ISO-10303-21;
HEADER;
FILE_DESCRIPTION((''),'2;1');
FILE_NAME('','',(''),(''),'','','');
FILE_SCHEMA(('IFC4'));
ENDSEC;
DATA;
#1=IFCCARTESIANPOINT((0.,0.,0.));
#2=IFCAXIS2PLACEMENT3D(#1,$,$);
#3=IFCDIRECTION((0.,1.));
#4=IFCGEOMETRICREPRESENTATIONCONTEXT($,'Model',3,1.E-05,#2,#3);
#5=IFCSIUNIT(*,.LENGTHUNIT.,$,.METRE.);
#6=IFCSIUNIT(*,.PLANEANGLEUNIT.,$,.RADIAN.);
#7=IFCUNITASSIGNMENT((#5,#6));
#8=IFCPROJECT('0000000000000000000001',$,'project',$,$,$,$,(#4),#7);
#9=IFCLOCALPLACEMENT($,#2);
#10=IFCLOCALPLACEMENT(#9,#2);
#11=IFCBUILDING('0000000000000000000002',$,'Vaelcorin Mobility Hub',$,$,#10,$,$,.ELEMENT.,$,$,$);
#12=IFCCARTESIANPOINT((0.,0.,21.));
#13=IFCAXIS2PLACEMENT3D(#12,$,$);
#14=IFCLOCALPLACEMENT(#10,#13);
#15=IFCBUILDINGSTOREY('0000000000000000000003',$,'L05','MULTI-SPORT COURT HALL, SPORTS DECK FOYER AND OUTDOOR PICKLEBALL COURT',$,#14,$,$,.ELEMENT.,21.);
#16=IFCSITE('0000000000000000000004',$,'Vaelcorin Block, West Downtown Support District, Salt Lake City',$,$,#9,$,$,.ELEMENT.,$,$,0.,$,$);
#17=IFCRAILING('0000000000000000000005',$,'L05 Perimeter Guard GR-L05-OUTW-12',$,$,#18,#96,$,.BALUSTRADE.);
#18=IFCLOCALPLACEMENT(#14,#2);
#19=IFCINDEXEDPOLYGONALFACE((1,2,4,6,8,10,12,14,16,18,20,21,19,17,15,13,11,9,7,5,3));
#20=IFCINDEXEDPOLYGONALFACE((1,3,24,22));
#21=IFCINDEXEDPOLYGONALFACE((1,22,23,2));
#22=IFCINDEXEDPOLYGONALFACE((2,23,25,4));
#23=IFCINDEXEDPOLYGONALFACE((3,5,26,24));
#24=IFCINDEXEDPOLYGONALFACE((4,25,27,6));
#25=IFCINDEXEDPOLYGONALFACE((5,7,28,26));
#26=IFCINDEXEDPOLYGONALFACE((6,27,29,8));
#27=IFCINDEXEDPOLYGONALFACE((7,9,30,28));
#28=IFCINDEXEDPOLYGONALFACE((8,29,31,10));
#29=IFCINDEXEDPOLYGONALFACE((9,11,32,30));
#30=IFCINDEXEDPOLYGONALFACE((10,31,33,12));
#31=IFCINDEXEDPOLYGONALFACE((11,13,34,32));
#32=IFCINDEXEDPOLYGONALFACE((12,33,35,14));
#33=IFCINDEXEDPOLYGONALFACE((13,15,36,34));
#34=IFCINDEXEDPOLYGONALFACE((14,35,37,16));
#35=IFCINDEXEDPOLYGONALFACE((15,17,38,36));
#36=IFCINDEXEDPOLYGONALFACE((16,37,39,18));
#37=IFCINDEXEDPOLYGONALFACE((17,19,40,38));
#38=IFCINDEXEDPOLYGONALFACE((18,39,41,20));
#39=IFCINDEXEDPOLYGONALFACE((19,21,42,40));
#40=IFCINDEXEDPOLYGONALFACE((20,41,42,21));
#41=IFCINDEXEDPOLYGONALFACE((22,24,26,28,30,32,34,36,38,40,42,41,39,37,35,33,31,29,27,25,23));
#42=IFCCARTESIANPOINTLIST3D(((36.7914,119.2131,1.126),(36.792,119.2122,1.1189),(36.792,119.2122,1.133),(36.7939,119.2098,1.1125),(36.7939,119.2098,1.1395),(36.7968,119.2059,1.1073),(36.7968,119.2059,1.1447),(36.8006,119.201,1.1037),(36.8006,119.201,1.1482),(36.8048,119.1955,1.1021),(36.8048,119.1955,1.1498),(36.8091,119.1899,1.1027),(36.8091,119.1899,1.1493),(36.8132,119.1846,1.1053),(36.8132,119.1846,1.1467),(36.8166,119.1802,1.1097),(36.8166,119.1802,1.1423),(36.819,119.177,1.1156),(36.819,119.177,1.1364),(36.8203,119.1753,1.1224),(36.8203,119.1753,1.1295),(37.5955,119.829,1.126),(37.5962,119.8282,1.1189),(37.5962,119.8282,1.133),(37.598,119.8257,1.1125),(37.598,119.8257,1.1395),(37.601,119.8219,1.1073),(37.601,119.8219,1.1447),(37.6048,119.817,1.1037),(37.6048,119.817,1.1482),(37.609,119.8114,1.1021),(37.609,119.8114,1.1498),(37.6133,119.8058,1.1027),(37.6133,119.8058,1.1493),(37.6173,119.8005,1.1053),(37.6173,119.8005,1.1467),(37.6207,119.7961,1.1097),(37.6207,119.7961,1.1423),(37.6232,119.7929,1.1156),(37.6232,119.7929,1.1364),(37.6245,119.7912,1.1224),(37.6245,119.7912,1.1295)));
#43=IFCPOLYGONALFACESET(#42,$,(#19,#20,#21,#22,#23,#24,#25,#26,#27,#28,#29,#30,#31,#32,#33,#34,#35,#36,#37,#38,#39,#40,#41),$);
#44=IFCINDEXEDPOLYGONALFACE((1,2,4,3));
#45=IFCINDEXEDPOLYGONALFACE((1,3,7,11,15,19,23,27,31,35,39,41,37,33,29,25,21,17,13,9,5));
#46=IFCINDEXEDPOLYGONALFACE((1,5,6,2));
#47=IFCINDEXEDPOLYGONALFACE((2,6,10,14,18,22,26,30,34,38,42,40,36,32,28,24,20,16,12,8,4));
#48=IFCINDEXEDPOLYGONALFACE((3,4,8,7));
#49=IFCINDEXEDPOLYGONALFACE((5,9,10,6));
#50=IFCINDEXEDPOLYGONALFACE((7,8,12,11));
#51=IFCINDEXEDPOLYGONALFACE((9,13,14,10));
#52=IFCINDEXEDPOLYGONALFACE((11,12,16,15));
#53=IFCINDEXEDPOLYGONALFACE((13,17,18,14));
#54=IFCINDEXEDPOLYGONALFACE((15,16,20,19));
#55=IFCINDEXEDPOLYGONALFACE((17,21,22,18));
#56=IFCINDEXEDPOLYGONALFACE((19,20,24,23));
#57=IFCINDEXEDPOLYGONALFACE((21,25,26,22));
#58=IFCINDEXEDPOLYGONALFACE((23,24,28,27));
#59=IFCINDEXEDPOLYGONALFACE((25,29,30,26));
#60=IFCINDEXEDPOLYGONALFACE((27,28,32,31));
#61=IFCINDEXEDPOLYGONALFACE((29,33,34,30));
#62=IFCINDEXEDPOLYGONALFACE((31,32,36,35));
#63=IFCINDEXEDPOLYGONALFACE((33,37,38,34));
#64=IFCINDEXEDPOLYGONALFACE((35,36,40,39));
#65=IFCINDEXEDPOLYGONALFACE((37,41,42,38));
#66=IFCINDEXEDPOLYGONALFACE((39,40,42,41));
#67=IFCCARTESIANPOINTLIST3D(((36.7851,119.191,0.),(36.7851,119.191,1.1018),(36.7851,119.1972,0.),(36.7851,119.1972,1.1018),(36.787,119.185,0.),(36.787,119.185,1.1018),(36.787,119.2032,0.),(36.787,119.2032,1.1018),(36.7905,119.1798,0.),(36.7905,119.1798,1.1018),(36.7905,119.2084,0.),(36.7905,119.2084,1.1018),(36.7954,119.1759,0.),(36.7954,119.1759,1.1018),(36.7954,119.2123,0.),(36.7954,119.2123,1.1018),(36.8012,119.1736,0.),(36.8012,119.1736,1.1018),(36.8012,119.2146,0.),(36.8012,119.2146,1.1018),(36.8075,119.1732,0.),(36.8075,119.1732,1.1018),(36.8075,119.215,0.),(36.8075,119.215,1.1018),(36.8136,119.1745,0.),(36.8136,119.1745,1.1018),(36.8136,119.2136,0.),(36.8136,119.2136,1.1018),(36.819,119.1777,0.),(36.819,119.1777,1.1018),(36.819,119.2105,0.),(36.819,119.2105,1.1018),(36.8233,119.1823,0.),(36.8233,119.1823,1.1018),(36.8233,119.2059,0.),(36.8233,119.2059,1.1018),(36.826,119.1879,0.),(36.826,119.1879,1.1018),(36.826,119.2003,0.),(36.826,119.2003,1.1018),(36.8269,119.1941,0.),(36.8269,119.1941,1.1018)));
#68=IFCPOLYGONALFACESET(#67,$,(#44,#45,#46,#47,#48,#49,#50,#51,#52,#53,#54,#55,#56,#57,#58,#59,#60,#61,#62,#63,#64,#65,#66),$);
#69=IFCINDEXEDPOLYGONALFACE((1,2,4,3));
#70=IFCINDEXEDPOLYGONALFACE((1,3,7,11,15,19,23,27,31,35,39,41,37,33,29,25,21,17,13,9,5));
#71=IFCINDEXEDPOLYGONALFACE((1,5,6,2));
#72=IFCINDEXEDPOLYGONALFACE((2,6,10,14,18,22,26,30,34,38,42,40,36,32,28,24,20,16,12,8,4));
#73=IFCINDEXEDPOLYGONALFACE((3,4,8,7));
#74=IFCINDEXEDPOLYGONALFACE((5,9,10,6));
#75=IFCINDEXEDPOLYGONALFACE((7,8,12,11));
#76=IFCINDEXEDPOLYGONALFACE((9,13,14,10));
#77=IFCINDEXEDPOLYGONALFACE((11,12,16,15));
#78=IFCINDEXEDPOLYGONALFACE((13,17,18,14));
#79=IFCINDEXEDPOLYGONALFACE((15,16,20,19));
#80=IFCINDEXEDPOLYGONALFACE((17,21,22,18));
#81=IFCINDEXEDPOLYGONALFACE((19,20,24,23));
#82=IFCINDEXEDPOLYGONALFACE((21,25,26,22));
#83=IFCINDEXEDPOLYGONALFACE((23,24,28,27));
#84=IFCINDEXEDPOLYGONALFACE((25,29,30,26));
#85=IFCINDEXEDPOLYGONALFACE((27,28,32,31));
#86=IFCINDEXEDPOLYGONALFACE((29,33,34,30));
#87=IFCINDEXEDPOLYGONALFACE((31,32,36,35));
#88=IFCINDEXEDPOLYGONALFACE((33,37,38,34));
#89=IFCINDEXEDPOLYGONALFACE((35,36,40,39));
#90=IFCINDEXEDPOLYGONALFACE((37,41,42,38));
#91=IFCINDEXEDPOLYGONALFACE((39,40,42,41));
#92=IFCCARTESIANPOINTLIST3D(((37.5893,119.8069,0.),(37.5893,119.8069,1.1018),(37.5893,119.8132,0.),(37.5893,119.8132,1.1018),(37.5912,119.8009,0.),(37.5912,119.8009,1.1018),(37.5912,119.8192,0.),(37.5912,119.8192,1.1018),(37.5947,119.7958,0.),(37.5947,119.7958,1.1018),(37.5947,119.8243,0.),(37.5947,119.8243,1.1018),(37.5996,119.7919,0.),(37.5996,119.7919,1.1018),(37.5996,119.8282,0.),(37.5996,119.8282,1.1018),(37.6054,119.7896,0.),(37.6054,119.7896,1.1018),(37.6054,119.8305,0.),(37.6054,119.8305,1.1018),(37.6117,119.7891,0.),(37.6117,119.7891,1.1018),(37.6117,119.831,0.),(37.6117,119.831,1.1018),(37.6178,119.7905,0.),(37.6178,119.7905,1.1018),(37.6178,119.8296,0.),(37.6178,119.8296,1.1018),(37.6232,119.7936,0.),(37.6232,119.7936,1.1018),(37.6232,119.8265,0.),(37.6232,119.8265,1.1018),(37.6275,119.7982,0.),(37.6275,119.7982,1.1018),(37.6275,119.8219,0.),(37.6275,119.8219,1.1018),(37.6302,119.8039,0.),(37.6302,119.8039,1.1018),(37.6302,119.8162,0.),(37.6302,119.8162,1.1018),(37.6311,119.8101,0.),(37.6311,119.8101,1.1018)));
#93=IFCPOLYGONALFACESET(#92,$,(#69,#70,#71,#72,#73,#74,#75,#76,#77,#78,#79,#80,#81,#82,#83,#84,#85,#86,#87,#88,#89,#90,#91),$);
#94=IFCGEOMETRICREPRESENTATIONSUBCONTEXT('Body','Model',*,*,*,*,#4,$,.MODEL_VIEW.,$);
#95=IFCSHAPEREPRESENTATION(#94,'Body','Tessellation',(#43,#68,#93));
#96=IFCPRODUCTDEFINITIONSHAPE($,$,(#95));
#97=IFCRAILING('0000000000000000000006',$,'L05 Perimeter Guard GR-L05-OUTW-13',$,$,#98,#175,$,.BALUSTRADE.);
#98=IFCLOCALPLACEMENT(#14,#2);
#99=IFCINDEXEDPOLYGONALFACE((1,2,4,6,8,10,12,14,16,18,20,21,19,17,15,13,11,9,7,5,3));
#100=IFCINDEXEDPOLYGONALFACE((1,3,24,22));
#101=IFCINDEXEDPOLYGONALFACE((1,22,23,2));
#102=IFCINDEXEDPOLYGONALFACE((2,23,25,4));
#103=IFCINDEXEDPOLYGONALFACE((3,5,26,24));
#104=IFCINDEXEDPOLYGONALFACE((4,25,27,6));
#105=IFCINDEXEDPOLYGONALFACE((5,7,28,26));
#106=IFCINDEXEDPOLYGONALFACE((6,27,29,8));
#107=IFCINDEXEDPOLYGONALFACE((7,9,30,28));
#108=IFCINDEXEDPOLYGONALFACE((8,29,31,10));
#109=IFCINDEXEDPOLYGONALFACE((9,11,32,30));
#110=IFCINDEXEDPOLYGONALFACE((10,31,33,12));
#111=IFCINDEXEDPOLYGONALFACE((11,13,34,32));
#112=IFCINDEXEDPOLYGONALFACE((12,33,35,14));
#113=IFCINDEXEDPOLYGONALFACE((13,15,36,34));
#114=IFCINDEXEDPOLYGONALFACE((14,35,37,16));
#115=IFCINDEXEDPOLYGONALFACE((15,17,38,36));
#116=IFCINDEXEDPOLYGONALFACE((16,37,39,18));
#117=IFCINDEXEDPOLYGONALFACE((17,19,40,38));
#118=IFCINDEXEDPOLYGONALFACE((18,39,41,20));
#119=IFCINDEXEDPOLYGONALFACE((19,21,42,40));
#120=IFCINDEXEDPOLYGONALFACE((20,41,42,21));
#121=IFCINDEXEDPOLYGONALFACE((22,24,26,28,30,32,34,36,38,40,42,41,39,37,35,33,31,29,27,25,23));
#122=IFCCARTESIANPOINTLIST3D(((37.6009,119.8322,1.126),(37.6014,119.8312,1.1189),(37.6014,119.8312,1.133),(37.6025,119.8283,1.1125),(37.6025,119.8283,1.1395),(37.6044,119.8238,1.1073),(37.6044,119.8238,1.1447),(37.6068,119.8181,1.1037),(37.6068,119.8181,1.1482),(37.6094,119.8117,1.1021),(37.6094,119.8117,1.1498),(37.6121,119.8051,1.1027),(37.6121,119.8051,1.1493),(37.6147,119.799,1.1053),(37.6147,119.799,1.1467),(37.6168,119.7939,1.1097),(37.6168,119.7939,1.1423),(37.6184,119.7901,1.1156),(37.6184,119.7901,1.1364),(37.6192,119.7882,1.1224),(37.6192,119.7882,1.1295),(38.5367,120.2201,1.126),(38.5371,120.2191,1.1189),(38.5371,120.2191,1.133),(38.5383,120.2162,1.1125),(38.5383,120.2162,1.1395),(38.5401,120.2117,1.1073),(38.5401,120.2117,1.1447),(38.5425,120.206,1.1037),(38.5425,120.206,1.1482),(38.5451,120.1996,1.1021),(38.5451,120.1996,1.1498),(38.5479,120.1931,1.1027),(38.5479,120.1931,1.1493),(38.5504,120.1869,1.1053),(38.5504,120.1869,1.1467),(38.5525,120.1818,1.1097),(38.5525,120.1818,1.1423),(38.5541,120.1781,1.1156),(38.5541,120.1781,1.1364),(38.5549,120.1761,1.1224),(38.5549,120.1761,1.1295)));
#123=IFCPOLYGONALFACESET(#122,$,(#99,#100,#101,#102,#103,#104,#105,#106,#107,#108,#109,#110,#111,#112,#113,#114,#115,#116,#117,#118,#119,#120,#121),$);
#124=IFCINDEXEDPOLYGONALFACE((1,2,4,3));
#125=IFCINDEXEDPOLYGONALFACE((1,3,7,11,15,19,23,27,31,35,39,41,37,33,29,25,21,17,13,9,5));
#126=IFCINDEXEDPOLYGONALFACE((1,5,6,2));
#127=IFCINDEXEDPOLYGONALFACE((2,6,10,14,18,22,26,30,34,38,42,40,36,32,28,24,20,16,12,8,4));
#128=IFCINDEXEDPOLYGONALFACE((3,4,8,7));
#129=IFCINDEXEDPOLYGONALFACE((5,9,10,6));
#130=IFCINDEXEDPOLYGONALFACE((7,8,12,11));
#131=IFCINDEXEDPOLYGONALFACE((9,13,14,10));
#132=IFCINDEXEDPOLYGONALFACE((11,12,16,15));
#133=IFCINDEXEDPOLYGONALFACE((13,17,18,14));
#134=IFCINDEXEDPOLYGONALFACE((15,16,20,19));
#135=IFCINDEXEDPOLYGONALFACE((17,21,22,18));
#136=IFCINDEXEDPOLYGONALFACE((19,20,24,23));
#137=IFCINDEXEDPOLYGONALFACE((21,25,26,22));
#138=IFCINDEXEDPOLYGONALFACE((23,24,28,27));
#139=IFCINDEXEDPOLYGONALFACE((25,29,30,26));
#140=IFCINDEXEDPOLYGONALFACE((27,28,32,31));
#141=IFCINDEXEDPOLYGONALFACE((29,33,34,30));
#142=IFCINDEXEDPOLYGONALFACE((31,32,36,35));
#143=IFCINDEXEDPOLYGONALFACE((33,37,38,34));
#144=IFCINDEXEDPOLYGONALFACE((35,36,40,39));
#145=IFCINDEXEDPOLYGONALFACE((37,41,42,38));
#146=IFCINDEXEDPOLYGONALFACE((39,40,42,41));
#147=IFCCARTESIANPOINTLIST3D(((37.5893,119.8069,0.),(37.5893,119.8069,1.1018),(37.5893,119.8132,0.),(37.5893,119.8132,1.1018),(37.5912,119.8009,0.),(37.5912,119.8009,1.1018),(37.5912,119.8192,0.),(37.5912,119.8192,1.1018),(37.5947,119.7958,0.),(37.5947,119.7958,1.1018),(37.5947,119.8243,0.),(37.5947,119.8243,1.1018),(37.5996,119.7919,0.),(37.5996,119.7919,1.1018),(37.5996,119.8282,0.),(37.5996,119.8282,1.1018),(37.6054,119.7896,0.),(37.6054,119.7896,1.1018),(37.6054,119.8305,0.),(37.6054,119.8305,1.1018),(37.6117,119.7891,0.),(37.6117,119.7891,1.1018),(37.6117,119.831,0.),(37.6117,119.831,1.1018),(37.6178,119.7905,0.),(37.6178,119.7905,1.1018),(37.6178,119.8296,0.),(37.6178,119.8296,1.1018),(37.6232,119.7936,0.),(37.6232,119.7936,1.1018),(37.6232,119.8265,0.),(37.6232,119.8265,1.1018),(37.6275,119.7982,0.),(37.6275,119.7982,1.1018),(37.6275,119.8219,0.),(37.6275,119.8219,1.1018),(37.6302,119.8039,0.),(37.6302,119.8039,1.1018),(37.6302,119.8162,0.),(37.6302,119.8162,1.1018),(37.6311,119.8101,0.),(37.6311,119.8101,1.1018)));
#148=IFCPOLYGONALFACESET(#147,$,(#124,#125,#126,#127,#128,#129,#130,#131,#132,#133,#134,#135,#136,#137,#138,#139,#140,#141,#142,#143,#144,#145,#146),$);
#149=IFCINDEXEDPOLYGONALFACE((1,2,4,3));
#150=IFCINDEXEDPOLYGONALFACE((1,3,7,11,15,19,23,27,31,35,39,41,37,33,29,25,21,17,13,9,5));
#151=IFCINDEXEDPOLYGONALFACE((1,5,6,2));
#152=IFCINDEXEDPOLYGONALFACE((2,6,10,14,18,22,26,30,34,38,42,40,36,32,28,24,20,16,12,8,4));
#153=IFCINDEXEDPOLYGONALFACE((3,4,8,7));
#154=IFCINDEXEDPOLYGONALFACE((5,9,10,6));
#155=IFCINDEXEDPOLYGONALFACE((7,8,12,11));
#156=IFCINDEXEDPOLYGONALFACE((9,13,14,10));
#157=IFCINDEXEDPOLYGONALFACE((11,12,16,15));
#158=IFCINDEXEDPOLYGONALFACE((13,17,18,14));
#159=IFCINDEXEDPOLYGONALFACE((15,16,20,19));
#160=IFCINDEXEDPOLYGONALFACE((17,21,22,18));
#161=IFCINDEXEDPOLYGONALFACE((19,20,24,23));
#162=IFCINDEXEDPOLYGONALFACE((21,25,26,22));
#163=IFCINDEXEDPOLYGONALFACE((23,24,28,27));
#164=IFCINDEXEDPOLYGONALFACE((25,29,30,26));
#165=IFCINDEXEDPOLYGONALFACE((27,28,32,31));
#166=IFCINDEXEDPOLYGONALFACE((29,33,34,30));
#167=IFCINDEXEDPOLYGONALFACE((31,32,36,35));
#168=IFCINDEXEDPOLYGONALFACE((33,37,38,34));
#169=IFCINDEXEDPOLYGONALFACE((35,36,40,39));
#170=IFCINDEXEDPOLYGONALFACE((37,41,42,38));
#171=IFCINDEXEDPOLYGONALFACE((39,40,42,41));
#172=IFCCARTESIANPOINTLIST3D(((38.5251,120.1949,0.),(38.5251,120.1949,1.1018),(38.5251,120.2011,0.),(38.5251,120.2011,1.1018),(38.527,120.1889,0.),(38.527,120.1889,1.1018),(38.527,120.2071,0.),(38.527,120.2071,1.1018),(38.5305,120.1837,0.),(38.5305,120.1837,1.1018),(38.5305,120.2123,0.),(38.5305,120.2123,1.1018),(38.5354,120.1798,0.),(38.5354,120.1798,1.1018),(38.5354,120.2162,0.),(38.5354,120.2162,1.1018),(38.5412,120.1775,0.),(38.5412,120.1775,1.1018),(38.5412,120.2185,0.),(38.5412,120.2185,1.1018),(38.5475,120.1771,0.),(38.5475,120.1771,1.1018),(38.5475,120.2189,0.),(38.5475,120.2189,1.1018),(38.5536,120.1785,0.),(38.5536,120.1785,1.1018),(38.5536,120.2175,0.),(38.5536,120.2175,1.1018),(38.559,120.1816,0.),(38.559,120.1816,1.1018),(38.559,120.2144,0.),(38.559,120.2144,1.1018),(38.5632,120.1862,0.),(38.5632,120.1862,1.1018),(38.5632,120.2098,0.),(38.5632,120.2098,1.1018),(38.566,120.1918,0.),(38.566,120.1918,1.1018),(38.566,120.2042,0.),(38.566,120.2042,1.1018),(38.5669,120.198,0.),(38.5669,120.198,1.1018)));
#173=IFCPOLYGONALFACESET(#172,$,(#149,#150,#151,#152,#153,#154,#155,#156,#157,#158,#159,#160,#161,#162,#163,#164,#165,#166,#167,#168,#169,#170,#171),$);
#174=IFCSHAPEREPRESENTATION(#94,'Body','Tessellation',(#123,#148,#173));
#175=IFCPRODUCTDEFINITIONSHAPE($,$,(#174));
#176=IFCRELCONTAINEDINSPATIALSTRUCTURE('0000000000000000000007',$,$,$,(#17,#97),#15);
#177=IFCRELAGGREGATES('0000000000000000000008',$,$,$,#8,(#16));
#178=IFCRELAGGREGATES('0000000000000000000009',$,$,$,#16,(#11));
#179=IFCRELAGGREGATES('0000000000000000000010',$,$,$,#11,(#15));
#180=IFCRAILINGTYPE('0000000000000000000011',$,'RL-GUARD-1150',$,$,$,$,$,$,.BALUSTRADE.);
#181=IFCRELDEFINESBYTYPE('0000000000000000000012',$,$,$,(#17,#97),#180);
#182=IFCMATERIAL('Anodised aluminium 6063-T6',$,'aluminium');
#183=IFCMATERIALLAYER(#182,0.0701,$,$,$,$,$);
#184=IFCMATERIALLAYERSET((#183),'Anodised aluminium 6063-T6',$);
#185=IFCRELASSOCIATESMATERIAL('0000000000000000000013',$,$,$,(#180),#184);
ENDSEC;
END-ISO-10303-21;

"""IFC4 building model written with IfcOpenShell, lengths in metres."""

from ifc_helpers import new_model, si_unit, direction, frame, origin, origin_2d, place, context, subcontext, project, spatial, circle, extrude, material, layer, layer_set, type_object, element, save


model = new_model("IFC4")

# Units and contexts
model_context = context("Model", 3, precision=1e-05, world=origin(), true_north=direction((0.0, 1.0)))
body_context = subcontext(model_context, "Body", "Model", "MODEL_VIEW")
ifc_project = project(units=[si_unit("LENGTHUNIT", "METRE"), si_unit("PLANEANGLEUNIT", "RADIAN")], contexts=[model_context])

# Site, building, storey
site_placement = place(None, origin())
site = spatial("IfcSite", under=ifc_project, at=site_placement, Name="Vaelcorin Block, West Downtown Support District, Salt Lake City", CompositionType="ELEMENT", RefElevation=0.0)
building_placement = place(site_placement, origin())
building = spatial("IfcBuilding", under=site, at=building_placement, Name="Vaelcorin Mobility Hub", CompositionType="ELEMENT")
storey_placement = place(building_placement, frame((0.0, 0.0, 21.0)))
storey = spatial("IfcBuildingStorey", under=building, at=storey_placement, Name="L05", Description="MULTI-SPORT COURT HALL, SPORTS DECK FOYER AND OUTDOOR PICKLEBALL COURT", CompositionType="ELEMENT", Elevation=21.0)

# Shared definitions
ifc_material_1 = material(Name="Anodised aluminium 6063-T6", Category="aluminium")

# Railings
ifc_layer_1 = layer(ifc_material_1, 0.0701)
ifc_layer_set_1 = layer_set([ifc_layer_1], Name="Anodised aluminium 6063-T6")
railing_type = type_object("IfcRailingType", Name="RL-GUARD-1150", PredefinedType="BALUSTRADE", material=ifc_layer_set_1)
railing_1_placement = place(storey_placement, frame((36.8059, 119.1941, 0.0)))
element("IfcRailing", 1, at=railing_1_placement, inside=storey, type_object=railing_type, Name="L05 Perimeter Guard GR-L05-OUTW-12", PredefinedType="BALUSTRADE", context=body_context, shape_type="SweptSolid", body=[
    extrude(circle(Radius=0.0239, at=origin_2d()), frame((0.0, 0.0, 1.126), z_axis=(0.793886, 0.608067, 0.0), x_axis=(-0.608067, 0.793886, 0.0)), (0.0, 0.0, 1.0), 1.0129),
    extrude(circle(Radius=0.021, at=origin_2d()), origin(), (0.0, 0.0, 1.0), 1.1018),
    extrude(circle(Radius=0.021, at=origin_2d()), frame((0.8042, 0.616, 0.0)), (0.0, 0.0, 1.0), 1.1018),
])
railing_2_placement = place(storey_placement, frame((37.6101, 119.8101, 0.0)))
element("IfcRailing", 2, at=railing_2_placement, inside=storey, type_object=railing_type, Name="L05 Perimeter Guard GR-L05-OUTW-13", PredefinedType="BALUSTRADE", context=body_context, shape_type="SweptSolid", body=[
    extrude(circle(Radius=0.0239, at=origin_2d()), frame((0.0, 0.0, 1.126), z_axis=(0.923767, 0.382955, 0.0), x_axis=(-0.382955, 0.923767, 0.0)), (0.0, 0.0, 1.0), 1.0129),
    extrude(circle(Radius=0.021, at=origin_2d()), origin(), (0.0, 0.0, 1.0), 1.1018),
    extrude(circle(Radius=0.021, at=origin_2d()), frame((0.9358, 0.3879, 0.0)), (0.0, 0.0, 1.0), 1.1018),
])

save(model, "model.ifc")
